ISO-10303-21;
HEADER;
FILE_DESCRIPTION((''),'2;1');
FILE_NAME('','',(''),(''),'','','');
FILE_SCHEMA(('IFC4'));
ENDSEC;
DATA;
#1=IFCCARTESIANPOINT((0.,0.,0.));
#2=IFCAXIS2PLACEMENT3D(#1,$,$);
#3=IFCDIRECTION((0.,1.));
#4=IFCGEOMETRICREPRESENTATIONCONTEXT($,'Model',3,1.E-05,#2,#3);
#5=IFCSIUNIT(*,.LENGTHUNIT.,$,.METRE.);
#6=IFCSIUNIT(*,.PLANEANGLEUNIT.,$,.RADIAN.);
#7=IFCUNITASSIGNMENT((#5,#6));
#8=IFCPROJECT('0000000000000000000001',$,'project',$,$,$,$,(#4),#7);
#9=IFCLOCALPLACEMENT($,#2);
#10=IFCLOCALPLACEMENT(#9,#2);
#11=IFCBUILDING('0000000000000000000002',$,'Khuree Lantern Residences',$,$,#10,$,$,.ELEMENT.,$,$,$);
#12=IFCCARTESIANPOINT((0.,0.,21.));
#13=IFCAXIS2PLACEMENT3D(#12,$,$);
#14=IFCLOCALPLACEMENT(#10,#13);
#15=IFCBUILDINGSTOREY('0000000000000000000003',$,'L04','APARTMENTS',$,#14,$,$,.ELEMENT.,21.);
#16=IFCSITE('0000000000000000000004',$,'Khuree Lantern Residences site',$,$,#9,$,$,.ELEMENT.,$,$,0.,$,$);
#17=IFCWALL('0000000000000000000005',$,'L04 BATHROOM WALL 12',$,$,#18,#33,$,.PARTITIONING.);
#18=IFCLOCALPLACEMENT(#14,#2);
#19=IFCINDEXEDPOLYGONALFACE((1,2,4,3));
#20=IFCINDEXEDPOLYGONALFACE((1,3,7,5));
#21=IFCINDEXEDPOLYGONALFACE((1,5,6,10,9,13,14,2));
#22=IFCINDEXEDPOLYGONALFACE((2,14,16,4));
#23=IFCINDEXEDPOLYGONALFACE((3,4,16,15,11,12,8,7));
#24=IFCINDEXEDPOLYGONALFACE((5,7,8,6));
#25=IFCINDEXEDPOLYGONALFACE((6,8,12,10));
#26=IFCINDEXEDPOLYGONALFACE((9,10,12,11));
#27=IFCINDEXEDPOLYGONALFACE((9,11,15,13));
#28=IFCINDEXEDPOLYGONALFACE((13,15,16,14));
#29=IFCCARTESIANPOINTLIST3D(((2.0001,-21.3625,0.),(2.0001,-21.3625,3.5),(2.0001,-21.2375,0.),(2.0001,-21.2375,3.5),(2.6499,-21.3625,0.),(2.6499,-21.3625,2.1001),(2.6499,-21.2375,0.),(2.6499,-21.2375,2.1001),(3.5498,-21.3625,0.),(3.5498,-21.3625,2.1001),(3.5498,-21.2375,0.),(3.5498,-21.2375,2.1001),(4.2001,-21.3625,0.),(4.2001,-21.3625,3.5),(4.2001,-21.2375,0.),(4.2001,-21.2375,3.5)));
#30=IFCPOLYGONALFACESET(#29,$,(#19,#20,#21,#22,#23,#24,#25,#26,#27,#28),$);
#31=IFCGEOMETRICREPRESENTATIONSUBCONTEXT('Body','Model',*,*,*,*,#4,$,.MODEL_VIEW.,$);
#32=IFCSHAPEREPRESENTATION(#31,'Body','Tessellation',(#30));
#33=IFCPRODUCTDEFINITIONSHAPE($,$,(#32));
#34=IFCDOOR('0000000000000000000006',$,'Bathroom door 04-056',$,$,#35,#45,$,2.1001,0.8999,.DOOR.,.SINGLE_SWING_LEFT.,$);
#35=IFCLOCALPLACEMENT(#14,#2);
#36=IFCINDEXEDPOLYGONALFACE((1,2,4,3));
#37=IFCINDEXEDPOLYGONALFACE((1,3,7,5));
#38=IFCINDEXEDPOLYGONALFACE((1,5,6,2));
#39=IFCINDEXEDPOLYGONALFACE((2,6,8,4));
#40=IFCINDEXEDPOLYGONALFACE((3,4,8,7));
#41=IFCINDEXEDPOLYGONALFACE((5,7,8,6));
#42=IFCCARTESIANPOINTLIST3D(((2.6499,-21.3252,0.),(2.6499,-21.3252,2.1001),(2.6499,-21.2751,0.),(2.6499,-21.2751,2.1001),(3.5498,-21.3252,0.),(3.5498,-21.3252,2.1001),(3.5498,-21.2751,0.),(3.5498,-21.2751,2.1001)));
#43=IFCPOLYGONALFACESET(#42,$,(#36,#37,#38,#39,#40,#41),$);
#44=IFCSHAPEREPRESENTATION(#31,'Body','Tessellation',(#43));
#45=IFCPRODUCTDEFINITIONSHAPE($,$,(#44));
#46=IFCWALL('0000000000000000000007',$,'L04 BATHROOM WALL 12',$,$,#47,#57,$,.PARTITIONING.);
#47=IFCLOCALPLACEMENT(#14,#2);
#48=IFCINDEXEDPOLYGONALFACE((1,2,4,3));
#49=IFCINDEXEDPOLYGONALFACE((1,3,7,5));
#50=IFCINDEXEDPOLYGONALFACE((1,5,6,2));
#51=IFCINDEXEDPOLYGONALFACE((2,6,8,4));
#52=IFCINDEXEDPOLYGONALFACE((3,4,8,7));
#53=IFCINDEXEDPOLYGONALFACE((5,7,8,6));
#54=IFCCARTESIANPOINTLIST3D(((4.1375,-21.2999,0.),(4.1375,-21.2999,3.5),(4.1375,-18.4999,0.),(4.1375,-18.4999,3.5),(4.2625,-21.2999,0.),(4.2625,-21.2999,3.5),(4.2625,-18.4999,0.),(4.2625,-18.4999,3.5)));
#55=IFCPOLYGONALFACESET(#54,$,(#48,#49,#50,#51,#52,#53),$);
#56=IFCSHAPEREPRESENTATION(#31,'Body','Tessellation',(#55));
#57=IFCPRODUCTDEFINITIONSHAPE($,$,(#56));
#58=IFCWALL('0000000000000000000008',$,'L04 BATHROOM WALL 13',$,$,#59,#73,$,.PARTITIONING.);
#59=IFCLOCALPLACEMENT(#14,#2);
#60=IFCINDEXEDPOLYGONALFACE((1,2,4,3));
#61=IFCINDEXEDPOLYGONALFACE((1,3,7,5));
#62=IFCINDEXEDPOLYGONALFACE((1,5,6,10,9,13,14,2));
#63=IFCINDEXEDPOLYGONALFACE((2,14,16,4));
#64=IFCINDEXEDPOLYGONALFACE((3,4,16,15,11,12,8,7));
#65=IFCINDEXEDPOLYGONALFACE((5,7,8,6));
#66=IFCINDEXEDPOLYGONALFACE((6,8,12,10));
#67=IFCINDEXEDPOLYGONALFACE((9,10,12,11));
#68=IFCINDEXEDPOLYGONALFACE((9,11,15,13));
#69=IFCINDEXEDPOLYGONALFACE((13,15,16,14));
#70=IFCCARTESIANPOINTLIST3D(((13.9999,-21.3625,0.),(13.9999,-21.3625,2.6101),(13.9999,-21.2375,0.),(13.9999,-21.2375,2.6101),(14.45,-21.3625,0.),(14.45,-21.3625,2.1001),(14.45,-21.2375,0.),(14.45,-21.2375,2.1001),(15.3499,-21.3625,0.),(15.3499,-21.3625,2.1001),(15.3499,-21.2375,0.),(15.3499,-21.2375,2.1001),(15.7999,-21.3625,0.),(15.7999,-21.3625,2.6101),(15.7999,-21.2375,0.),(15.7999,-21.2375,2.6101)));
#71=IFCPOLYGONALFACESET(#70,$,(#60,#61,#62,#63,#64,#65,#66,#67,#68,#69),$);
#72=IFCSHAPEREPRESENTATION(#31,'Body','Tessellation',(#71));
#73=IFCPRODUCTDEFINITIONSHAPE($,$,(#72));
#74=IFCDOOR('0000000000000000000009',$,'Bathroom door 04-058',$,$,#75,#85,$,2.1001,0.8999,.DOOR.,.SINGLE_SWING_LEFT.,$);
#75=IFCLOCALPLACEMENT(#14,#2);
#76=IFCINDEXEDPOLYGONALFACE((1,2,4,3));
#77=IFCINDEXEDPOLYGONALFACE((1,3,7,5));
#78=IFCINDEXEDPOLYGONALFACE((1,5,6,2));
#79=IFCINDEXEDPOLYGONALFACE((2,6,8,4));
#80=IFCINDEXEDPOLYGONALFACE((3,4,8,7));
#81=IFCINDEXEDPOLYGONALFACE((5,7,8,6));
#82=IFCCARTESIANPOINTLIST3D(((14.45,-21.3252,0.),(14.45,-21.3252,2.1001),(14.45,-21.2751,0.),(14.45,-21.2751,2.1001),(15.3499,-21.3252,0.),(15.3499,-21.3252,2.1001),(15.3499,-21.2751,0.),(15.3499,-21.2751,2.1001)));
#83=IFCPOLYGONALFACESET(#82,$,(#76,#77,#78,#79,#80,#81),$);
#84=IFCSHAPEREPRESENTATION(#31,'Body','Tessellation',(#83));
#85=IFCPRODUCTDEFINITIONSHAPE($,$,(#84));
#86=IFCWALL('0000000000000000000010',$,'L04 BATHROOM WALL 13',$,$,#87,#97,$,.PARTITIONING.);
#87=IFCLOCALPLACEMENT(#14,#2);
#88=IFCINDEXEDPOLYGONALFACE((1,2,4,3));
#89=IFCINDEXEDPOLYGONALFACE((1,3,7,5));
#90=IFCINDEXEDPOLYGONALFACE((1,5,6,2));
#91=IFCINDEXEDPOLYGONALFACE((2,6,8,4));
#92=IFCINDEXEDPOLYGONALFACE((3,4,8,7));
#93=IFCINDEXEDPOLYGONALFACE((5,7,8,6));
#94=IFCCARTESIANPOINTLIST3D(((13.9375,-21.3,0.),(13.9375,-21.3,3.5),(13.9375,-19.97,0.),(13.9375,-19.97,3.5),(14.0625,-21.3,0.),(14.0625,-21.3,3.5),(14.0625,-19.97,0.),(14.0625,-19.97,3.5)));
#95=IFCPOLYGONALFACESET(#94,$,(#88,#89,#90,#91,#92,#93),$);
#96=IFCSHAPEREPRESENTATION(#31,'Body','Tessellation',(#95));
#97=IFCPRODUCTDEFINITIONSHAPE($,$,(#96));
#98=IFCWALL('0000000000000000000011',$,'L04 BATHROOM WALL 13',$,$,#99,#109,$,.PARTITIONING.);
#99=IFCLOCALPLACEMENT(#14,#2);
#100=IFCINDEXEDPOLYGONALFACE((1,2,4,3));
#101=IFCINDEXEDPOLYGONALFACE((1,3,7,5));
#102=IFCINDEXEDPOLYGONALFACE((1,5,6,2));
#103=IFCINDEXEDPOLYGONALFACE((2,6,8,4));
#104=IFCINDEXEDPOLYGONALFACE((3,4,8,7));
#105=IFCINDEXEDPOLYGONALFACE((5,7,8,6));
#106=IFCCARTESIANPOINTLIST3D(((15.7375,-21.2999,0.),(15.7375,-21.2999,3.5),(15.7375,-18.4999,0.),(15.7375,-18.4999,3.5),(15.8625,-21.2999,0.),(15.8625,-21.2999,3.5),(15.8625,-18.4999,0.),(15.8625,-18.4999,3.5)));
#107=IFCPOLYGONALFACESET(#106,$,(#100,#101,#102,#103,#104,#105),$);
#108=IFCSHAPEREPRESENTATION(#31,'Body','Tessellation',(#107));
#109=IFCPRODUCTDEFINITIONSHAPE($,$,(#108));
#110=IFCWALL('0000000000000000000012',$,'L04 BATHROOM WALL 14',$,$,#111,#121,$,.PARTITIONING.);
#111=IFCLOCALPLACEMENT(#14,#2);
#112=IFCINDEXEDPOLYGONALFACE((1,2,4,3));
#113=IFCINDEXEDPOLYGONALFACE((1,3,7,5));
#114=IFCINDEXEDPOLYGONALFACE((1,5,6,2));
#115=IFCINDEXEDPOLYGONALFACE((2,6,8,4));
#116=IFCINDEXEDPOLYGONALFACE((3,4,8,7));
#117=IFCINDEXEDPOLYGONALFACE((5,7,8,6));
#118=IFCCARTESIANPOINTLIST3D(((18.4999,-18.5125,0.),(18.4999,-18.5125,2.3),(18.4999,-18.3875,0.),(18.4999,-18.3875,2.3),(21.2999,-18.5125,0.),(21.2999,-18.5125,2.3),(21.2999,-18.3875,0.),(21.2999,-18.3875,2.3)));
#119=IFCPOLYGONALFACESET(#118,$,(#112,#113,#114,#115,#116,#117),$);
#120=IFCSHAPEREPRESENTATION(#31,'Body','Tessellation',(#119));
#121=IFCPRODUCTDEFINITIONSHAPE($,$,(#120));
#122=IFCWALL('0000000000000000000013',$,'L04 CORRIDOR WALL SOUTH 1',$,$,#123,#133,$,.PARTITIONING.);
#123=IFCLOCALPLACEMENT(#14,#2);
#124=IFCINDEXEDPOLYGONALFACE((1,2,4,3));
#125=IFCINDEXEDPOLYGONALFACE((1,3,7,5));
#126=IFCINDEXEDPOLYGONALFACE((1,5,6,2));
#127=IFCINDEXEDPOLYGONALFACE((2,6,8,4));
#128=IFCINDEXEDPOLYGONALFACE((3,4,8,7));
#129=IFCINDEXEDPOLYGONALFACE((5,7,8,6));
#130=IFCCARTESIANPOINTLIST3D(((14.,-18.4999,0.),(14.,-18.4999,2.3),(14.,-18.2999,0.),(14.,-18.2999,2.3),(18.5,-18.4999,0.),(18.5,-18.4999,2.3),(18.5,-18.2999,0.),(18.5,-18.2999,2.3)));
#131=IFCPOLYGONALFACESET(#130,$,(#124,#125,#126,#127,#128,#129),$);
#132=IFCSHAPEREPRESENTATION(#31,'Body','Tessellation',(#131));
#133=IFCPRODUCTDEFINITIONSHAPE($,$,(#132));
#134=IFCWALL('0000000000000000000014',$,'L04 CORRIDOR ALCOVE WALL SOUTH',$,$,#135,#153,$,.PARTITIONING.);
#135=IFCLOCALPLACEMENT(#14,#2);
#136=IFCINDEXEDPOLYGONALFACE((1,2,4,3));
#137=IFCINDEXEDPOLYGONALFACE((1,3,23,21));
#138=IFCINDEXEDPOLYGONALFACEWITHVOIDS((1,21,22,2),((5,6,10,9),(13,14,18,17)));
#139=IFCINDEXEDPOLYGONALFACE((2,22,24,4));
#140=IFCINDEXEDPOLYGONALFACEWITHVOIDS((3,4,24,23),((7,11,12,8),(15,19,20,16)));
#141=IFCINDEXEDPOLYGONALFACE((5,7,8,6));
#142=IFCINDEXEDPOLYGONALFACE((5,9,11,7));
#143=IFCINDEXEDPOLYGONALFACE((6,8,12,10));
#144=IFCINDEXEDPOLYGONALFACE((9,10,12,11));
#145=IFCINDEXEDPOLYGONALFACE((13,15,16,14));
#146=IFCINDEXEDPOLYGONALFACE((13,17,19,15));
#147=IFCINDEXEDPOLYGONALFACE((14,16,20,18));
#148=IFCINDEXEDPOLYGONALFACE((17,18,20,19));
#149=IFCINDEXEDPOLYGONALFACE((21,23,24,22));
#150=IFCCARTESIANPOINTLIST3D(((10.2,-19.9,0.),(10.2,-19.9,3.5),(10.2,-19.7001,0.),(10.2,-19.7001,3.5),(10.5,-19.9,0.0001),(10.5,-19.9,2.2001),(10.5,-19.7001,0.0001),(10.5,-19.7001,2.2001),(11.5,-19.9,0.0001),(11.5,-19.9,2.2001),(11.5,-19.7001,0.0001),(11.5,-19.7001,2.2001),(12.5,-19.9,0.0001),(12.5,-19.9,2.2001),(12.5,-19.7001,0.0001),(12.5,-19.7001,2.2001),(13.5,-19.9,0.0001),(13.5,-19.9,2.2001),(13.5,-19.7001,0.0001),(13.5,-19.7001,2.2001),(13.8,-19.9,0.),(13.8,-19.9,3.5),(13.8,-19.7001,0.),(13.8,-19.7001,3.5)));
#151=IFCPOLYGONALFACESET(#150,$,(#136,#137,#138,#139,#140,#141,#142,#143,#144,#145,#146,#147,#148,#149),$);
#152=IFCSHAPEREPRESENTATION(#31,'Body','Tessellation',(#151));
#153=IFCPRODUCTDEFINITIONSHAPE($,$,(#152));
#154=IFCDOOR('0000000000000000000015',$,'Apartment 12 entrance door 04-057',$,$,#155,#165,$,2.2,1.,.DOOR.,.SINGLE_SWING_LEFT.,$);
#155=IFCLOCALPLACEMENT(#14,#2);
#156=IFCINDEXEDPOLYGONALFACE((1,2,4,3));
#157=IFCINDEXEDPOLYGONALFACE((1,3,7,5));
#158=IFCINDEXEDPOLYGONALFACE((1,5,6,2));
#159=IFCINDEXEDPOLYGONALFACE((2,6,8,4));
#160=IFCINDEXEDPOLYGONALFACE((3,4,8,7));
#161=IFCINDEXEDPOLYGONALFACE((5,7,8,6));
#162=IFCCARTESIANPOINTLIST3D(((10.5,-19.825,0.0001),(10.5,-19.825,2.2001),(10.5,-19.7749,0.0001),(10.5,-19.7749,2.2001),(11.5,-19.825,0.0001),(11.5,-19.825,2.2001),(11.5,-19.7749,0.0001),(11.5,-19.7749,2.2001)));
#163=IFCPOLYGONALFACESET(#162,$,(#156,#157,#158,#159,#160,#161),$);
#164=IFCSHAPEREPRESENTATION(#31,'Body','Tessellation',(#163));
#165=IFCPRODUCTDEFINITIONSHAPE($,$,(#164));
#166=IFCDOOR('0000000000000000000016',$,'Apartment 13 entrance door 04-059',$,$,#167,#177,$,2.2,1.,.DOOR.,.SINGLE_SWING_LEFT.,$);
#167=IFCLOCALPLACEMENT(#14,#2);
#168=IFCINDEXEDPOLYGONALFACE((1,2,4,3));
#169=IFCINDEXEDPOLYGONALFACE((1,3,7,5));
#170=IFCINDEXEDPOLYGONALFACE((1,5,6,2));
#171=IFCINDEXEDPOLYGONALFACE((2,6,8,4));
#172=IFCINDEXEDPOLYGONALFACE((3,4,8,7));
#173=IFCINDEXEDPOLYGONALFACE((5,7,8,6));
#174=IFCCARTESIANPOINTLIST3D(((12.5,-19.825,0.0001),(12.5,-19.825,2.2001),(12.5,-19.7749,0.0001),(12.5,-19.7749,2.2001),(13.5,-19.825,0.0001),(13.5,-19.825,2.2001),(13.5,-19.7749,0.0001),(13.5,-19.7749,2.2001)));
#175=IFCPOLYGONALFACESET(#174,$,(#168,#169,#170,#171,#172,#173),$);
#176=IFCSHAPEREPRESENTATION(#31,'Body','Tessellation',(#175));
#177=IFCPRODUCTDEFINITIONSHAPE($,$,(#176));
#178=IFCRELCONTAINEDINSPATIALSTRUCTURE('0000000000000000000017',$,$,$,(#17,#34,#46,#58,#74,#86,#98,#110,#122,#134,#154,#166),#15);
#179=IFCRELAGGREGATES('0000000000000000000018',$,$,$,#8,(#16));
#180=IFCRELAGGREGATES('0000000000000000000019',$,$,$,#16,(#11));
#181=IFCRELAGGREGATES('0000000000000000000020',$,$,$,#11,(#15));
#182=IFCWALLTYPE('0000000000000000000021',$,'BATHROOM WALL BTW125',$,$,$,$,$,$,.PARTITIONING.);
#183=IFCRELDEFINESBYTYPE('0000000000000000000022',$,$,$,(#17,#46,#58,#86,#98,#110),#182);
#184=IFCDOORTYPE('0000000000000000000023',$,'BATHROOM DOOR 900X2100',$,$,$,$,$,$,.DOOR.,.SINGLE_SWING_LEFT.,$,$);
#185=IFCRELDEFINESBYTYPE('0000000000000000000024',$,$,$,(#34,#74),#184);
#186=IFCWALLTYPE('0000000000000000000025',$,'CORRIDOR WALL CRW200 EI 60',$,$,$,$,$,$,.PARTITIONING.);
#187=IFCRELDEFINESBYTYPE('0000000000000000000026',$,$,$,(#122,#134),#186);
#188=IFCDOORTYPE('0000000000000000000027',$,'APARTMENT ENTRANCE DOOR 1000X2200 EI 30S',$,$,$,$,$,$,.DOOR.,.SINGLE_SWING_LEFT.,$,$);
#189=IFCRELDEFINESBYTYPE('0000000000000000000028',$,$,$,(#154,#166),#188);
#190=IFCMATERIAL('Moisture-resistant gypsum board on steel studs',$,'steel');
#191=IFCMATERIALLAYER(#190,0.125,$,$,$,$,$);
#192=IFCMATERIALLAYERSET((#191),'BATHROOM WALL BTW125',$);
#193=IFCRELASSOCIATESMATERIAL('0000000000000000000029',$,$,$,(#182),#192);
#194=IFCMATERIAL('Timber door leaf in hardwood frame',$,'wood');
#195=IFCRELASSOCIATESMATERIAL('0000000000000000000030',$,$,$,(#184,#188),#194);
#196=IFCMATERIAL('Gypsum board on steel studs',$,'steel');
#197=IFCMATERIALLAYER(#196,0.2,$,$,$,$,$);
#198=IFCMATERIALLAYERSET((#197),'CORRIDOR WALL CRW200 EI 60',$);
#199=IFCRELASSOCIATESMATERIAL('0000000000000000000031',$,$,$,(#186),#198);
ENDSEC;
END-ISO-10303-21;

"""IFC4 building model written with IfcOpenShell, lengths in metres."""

from ifc_helpers import new_model, si_unit, direction, frame, frame_2d, origin, place, context, subcontext, project, spatial, rectangle, extrude, material, layer, layer_set, type_object, element, fill, save


model = new_model("IFC4")

# Units and contexts
model_context = context("Model", 3, precision=1e-05, world=origin(), true_north=direction((0.0, 1.0)))
body_context = subcontext(model_context, "Body", "Model", "MODEL_VIEW")
ifc_project = project(units=[si_unit("LENGTHUNIT", "METRE"), si_unit("PLANEANGLEUNIT", "RADIAN")], contexts=[model_context])

# Site, building, storey
site_placement = place(None, origin())
site = spatial("IfcSite", under=ifc_project, at=site_placement, Name="Khuree Lantern Residences site", CompositionType="ELEMENT", RefElevation=0.0)
building_placement = place(site_placement, origin())
building = spatial("IfcBuilding", under=site, at=building_placement, Name="Khuree Lantern Residences", CompositionType="ELEMENT")
storey_placement = place(building_placement, frame((0.0, 0.0, 21.0)))
storey = spatial("IfcBuildingStorey", under=building, at=storey_placement, Name="L04", Description="APARTMENTS", CompositionType="ELEMENT", Elevation=21.0)

# Wall, opening, door
ifc_material_1 = material(Name="Moisture-resistant gypsum board on steel studs", Category="steel")
ifc_layer_1 = layer(ifc_material_1, 0.125)
ifc_layer_set_1 = layer_set([ifc_layer_1], Name="BATHROOM WALL BTW125")
wall_type_1 = type_object("IfcWallType", Name="BATHROOM WALL BTW125", PredefinedType="PARTITIONING", material=ifc_layer_set_1)
wall_1_placement = place(storey_placement, frame((2.0, -21.3, 0.0), z_axis=(0.0, 0.0, 1.0), x_axis=(1.0, 0.0, 0.0)))
wall_1 = element("IfcWall", 1, at=wall_1_placement, inside=storey, type_object=wall_type_1, Name="L04 BATHROOM WALL 12", PredefinedType="PARTITIONING", context=body_context, shape_type="SweptSolid", body=[
    extrude(rectangle(XDim=2.2, YDim=0.125, at=frame_2d((1.1001, 0.0))), origin(), (0.0, 0.0, 1.0), 3.5),
])
opening_1_placement = place(wall_1_placement, frame((0.6499, 0.0, 0.0)))
opening_1 = element("IfcOpeningElement", 2, at=opening_1_placement, cuts=wall_1, PredefinedType="OPENING", context=body_context, shape_type="SweptSolid", body=[
    extrude(rectangle(XDim=0.8999, YDim=2.1001, at=frame_2d((0.45, 1.05))), frame((0.0, 0.0725, 0.0), z_axis=(0.0, -1.0, 0.0), x_axis=(1.0, 0.0, 0.0)), (0.0, 0.0, 1.0), 0.145),
])
ifc_material_2 = material(Name="Timber door leaf in hardwood frame", Category="wood")
door_type_1 = type_object("IfcDoorType", Name="BATHROOM DOOR 900X2100", OperationType="SINGLE_SWING_LEFT", PredefinedType="DOOR", material=ifc_material_2)
door_1_placement = place(opening_1_placement, origin())
door_1 = element("IfcDoor", 3, at=door_1_placement, inside=storey, type_object=door_type_1, Name="Bathroom door 04-056", OperationType="SINGLE_SWING_LEFT", OverallHeight=2.1001, OverallWidth=0.8999, PredefinedType="DOOR", context=body_context, shape_type="SweptSolid", body=[
    extrude(rectangle(XDim=0.8999, YDim=2.1001, at=frame_2d((0.45, 1.05))), frame((0.0, 0.0249, 0.0), z_axis=(0.0, -1.0, 0.0), x_axis=(1.0, 0.0, 0.0)), (0.0, 0.0, 1.0), 0.05),
])
fill(opening_1, door_1)

# Wall
wall_2_placement = place(storey_placement, frame((4.2, -18.5, 0.0), z_axis=(0.0, 0.0, 1.0), x_axis=(0.0, -1.0, 0.0)))
element("IfcWall", 4, at=wall_2_placement, inside=storey, type_object=wall_type_1, Name="L04 BATHROOM WALL 12", PredefinedType="PARTITIONING", context=body_context, shape_type="SweptSolid", body=[
    extrude(rectangle(XDim=2.8, YDim=0.125, at=frame_2d((1.3999, 0.0))), origin(), (0.0, 0.0, 1.0), 3.5),
])

# Wall, opening, door
wall_3_placement = place(storey_placement, frame((14.0, -21.3, 0.0), z_axis=(0.0, 0.0, 1.0), x_axis=(1.0, 0.0, 0.0)))
wall_3 = element("IfcWall", 5, at=wall_3_placement, inside=storey, type_object=wall_type_1, Name="L04 BATHROOM WALL 13", PredefinedType="PARTITIONING", context=body_context, shape_type="SweptSolid", body=[
    extrude(rectangle(XDim=1.8, YDim=0.125, at=frame_2d((0.8999, 0.0))), origin(), (0.0, 0.0, 1.0), 2.6101),
])
opening_2_placement = place(wall_3_placement, frame((0.45, 0.0, 0.0)))
opening_2 = element("IfcOpeningElement", 6, at=opening_2_placement, cuts=wall_3, PredefinedType="OPENING", context=body_context, shape_type="SweptSolid", body=[
    extrude(rectangle(XDim=0.8999, YDim=2.1001, at=frame_2d((0.45, 1.05))), frame((0.0, 0.0725, 0.0), z_axis=(0.0, -1.0, 0.0), x_axis=(1.0, 0.0, 0.0)), (0.0, 0.0, 1.0), 0.145),
])
door_2_placement = place(opening_2_placement, origin())
door_2 = element("IfcDoor", 7, at=door_2_placement, inside=storey, type_object=door_type_1, Name="Bathroom door 04-058", OperationType="SINGLE_SWING_LEFT", OverallHeight=2.1001, OverallWidth=0.8999, PredefinedType="DOOR", context=body_context, shape_type="SweptSolid", body=[
    extrude(rectangle(XDim=0.8999, YDim=2.1001, at=frame_2d((0.45, 1.05))), frame((0.0, 0.0249, 0.0), z_axis=(0.0, -1.0, 0.0), x_axis=(1.0, 0.0, 0.0)), (0.0, 0.0, 1.0), 0.05),
])
fill(opening_2, door_2)

# Walls
wall_4_placement = place(storey_placement, frame((14.0, -19.97, 0.0), z_axis=(0.0, 0.0, 1.0), x_axis=(0.0, -1.0, 0.0)))
element("IfcWall", 8, at=wall_4_placement, inside=storey, type_object=wall_type_1, Name="L04 BATHROOM WALL 13", PredefinedType="PARTITIONING", context=body_context, shape_type="SweptSolid", body=[
    extrude(rectangle(XDim=1.3301, YDim=0.125, at=frame_2d((0.665, 0.0))), origin(), (0.0, 0.0, 1.0), 3.5),
])
wall_5_placement = place(storey_placement, frame((15.8, -18.5, 0.0), z_axis=(0.0, 0.0, 1.0), x_axis=(0.0, -1.0, 0.0)))
element("IfcWall", 9, at=wall_5_placement, inside=storey, type_object=wall_type_1, Name="L04 BATHROOM WALL 13", PredefinedType="PARTITIONING", context=body_context, shape_type="SweptSolid", body=[
    extrude(rectangle(XDim=2.8, YDim=0.125, at=frame_2d((1.3999, 0.0))), origin(), (0.0, 0.0, 1.0), 3.5),
])
wall_6_placement = place(storey_placement, frame((18.5, -18.45, 0.0), z_axis=(0.0, 0.0, 1.0), x_axis=(1.0, 0.0, 0.0)))
element("IfcWall", 10, at=wall_6_placement, inside=storey, type_object=wall_type_1, Name="L04 BATHROOM WALL 14", PredefinedType="PARTITIONING", context=body_context, shape_type="SweptSolid", body=[
    extrude(rectangle(XDim=2.8, YDim=0.125, at=frame_2d((1.3999, 0.0))), origin(), (0.0, 0.0, 1.0), 2.3),
])
ifc_material_3 = material(Name="Gypsum board on steel studs", Category="steel")
ifc_layer_2 = layer(ifc_material_3, 0.2)
ifc_layer_set_2 = layer_set([ifc_layer_2], Name="CORRIDOR WALL CRW200 EI 60")
wall_type_2 = type_object("IfcWallType", Name="CORRIDOR WALL CRW200 EI 60", PredefinedType="PARTITIONING", material=ifc_layer_set_2)
wall_7_placement = place(storey_placement, frame((18.5, -18.3999, 0.0), z_axis=(0.0, 0.0, 1.0), x_axis=(-1.0, 0.0, 0.0)))
element("IfcWall", 11, at=wall_7_placement, inside=storey, type_object=wall_type_2, Name="L04 CORRIDOR WALL SOUTH 1", PredefinedType="PARTITIONING", context=body_context, shape_type="SweptSolid", body=[
    extrude(rectangle(XDim=4.5, YDim=0.2, at=frame_2d((2.25, 0.0))), origin(), (0.0, 0.0, 1.0), 2.3),
])

# Wall, openings, doors
wall_8_placement = place(storey_placement, frame((13.8, -19.8, 0.0), z_axis=(0.0, 0.0, 1.0), x_axis=(-1.0, 0.0, 0.0)))
wall_8 = element("IfcWall", 12, at=wall_8_placement, inside=storey, type_object=wall_type_2, Name="L04 CORRIDOR ALCOVE WALL SOUTH", PredefinedType="PARTITIONING", context=body_context, shape_type="SweptSolid", body=[
    extrude(rectangle(XDim=3.6001, YDim=0.2, at=frame_2d((1.8, 0.0))), origin(), (0.0, 0.0, 1.0), 3.5),
])
opening_3_placement = place(wall_8_placement, frame((2.3, 0.0, 0.0)))
opening_3 = element("IfcOpeningElement", 13, at=opening_3_placement, cuts=wall_8, PredefinedType="OPENING", context=body_context, shape_type="SweptSolid", body=[
    extrude(rectangle(XDim=1.0, YDim=2.2, at=frame_2d((0.5, 1.1001))), frame((0.0, 0.1099, 0.0), z_axis=(0.0, -1.0, 0.0), x_axis=(1.0, 0.0, 0.0)), (0.0, 0.0, 1.0), 0.22),
])
opening_4_placement = place(wall_8_placement, frame((0.3, 0.0, 0.0)))
opening_4 = element("IfcOpeningElement", 14, at=opening_4_placement, cuts=wall_8, PredefinedType="OPENING", context=body_context, shape_type="SweptSolid", body=[
    extrude(rectangle(XDim=1.0, YDim=2.2, at=frame_2d((0.5, 1.1001))), frame((0.0, 0.1099, 0.0), z_axis=(0.0, -1.0, 0.0), x_axis=(1.0, 0.0, 0.0)), (0.0, 0.0, 1.0), 0.22),
])
door_type_2 = type_object("IfcDoorType", Name="APARTMENT ENTRANCE DOOR 1000X2200 EI 30S", OperationType="SINGLE_SWING_LEFT", PredefinedType="DOOR", material=ifc_material_2)
door_3_placement = place(opening_3_placement, origin())
door_3 = element("IfcDoor", 15, at=door_3_placement, inside=storey, type_object=door_type_2, Name="Apartment 12 entrance door 04-057", OperationType="SINGLE_SWING_LEFT", OverallHeight=2.2, OverallWidth=1.0, PredefinedType="DOOR", context=body_context, shape_type="SweptSolid", body=[
    extrude(rectangle(XDim=1.0, YDim=2.2, at=frame_2d((0.5, 1.1001))), frame((0.0, 0.0249, 0.0), z_axis=(0.0, -1.0, 0.0), x_axis=(1.0, 0.0, 0.0)), (0.0, 0.0, 1.0), 0.05),
])
fill(opening_3, door_3)
door_4_placement = place(opening_4_placement, origin())
door_4 = element("IfcDoor", 16, at=door_4_placement, inside=storey, type_object=door_type_2, Name="Apartment 13 entrance door 04-059", OperationType="SINGLE_SWING_LEFT", OverallHeight=2.2, OverallWidth=1.0, PredefinedType="DOOR", context=body_context, shape_type="SweptSolid", body=[
    extrude(rectangle(XDim=1.0, YDim=2.2, at=frame_2d((0.5, 1.1001))), frame((0.0, 0.0249, 0.0), z_axis=(0.0, -1.0, 0.0), x_axis=(1.0, 0.0, 0.0)), (0.0, 0.0, 1.0), 0.05),
])
fill(opening_4, door_4)

save(model, "model.ifc")
